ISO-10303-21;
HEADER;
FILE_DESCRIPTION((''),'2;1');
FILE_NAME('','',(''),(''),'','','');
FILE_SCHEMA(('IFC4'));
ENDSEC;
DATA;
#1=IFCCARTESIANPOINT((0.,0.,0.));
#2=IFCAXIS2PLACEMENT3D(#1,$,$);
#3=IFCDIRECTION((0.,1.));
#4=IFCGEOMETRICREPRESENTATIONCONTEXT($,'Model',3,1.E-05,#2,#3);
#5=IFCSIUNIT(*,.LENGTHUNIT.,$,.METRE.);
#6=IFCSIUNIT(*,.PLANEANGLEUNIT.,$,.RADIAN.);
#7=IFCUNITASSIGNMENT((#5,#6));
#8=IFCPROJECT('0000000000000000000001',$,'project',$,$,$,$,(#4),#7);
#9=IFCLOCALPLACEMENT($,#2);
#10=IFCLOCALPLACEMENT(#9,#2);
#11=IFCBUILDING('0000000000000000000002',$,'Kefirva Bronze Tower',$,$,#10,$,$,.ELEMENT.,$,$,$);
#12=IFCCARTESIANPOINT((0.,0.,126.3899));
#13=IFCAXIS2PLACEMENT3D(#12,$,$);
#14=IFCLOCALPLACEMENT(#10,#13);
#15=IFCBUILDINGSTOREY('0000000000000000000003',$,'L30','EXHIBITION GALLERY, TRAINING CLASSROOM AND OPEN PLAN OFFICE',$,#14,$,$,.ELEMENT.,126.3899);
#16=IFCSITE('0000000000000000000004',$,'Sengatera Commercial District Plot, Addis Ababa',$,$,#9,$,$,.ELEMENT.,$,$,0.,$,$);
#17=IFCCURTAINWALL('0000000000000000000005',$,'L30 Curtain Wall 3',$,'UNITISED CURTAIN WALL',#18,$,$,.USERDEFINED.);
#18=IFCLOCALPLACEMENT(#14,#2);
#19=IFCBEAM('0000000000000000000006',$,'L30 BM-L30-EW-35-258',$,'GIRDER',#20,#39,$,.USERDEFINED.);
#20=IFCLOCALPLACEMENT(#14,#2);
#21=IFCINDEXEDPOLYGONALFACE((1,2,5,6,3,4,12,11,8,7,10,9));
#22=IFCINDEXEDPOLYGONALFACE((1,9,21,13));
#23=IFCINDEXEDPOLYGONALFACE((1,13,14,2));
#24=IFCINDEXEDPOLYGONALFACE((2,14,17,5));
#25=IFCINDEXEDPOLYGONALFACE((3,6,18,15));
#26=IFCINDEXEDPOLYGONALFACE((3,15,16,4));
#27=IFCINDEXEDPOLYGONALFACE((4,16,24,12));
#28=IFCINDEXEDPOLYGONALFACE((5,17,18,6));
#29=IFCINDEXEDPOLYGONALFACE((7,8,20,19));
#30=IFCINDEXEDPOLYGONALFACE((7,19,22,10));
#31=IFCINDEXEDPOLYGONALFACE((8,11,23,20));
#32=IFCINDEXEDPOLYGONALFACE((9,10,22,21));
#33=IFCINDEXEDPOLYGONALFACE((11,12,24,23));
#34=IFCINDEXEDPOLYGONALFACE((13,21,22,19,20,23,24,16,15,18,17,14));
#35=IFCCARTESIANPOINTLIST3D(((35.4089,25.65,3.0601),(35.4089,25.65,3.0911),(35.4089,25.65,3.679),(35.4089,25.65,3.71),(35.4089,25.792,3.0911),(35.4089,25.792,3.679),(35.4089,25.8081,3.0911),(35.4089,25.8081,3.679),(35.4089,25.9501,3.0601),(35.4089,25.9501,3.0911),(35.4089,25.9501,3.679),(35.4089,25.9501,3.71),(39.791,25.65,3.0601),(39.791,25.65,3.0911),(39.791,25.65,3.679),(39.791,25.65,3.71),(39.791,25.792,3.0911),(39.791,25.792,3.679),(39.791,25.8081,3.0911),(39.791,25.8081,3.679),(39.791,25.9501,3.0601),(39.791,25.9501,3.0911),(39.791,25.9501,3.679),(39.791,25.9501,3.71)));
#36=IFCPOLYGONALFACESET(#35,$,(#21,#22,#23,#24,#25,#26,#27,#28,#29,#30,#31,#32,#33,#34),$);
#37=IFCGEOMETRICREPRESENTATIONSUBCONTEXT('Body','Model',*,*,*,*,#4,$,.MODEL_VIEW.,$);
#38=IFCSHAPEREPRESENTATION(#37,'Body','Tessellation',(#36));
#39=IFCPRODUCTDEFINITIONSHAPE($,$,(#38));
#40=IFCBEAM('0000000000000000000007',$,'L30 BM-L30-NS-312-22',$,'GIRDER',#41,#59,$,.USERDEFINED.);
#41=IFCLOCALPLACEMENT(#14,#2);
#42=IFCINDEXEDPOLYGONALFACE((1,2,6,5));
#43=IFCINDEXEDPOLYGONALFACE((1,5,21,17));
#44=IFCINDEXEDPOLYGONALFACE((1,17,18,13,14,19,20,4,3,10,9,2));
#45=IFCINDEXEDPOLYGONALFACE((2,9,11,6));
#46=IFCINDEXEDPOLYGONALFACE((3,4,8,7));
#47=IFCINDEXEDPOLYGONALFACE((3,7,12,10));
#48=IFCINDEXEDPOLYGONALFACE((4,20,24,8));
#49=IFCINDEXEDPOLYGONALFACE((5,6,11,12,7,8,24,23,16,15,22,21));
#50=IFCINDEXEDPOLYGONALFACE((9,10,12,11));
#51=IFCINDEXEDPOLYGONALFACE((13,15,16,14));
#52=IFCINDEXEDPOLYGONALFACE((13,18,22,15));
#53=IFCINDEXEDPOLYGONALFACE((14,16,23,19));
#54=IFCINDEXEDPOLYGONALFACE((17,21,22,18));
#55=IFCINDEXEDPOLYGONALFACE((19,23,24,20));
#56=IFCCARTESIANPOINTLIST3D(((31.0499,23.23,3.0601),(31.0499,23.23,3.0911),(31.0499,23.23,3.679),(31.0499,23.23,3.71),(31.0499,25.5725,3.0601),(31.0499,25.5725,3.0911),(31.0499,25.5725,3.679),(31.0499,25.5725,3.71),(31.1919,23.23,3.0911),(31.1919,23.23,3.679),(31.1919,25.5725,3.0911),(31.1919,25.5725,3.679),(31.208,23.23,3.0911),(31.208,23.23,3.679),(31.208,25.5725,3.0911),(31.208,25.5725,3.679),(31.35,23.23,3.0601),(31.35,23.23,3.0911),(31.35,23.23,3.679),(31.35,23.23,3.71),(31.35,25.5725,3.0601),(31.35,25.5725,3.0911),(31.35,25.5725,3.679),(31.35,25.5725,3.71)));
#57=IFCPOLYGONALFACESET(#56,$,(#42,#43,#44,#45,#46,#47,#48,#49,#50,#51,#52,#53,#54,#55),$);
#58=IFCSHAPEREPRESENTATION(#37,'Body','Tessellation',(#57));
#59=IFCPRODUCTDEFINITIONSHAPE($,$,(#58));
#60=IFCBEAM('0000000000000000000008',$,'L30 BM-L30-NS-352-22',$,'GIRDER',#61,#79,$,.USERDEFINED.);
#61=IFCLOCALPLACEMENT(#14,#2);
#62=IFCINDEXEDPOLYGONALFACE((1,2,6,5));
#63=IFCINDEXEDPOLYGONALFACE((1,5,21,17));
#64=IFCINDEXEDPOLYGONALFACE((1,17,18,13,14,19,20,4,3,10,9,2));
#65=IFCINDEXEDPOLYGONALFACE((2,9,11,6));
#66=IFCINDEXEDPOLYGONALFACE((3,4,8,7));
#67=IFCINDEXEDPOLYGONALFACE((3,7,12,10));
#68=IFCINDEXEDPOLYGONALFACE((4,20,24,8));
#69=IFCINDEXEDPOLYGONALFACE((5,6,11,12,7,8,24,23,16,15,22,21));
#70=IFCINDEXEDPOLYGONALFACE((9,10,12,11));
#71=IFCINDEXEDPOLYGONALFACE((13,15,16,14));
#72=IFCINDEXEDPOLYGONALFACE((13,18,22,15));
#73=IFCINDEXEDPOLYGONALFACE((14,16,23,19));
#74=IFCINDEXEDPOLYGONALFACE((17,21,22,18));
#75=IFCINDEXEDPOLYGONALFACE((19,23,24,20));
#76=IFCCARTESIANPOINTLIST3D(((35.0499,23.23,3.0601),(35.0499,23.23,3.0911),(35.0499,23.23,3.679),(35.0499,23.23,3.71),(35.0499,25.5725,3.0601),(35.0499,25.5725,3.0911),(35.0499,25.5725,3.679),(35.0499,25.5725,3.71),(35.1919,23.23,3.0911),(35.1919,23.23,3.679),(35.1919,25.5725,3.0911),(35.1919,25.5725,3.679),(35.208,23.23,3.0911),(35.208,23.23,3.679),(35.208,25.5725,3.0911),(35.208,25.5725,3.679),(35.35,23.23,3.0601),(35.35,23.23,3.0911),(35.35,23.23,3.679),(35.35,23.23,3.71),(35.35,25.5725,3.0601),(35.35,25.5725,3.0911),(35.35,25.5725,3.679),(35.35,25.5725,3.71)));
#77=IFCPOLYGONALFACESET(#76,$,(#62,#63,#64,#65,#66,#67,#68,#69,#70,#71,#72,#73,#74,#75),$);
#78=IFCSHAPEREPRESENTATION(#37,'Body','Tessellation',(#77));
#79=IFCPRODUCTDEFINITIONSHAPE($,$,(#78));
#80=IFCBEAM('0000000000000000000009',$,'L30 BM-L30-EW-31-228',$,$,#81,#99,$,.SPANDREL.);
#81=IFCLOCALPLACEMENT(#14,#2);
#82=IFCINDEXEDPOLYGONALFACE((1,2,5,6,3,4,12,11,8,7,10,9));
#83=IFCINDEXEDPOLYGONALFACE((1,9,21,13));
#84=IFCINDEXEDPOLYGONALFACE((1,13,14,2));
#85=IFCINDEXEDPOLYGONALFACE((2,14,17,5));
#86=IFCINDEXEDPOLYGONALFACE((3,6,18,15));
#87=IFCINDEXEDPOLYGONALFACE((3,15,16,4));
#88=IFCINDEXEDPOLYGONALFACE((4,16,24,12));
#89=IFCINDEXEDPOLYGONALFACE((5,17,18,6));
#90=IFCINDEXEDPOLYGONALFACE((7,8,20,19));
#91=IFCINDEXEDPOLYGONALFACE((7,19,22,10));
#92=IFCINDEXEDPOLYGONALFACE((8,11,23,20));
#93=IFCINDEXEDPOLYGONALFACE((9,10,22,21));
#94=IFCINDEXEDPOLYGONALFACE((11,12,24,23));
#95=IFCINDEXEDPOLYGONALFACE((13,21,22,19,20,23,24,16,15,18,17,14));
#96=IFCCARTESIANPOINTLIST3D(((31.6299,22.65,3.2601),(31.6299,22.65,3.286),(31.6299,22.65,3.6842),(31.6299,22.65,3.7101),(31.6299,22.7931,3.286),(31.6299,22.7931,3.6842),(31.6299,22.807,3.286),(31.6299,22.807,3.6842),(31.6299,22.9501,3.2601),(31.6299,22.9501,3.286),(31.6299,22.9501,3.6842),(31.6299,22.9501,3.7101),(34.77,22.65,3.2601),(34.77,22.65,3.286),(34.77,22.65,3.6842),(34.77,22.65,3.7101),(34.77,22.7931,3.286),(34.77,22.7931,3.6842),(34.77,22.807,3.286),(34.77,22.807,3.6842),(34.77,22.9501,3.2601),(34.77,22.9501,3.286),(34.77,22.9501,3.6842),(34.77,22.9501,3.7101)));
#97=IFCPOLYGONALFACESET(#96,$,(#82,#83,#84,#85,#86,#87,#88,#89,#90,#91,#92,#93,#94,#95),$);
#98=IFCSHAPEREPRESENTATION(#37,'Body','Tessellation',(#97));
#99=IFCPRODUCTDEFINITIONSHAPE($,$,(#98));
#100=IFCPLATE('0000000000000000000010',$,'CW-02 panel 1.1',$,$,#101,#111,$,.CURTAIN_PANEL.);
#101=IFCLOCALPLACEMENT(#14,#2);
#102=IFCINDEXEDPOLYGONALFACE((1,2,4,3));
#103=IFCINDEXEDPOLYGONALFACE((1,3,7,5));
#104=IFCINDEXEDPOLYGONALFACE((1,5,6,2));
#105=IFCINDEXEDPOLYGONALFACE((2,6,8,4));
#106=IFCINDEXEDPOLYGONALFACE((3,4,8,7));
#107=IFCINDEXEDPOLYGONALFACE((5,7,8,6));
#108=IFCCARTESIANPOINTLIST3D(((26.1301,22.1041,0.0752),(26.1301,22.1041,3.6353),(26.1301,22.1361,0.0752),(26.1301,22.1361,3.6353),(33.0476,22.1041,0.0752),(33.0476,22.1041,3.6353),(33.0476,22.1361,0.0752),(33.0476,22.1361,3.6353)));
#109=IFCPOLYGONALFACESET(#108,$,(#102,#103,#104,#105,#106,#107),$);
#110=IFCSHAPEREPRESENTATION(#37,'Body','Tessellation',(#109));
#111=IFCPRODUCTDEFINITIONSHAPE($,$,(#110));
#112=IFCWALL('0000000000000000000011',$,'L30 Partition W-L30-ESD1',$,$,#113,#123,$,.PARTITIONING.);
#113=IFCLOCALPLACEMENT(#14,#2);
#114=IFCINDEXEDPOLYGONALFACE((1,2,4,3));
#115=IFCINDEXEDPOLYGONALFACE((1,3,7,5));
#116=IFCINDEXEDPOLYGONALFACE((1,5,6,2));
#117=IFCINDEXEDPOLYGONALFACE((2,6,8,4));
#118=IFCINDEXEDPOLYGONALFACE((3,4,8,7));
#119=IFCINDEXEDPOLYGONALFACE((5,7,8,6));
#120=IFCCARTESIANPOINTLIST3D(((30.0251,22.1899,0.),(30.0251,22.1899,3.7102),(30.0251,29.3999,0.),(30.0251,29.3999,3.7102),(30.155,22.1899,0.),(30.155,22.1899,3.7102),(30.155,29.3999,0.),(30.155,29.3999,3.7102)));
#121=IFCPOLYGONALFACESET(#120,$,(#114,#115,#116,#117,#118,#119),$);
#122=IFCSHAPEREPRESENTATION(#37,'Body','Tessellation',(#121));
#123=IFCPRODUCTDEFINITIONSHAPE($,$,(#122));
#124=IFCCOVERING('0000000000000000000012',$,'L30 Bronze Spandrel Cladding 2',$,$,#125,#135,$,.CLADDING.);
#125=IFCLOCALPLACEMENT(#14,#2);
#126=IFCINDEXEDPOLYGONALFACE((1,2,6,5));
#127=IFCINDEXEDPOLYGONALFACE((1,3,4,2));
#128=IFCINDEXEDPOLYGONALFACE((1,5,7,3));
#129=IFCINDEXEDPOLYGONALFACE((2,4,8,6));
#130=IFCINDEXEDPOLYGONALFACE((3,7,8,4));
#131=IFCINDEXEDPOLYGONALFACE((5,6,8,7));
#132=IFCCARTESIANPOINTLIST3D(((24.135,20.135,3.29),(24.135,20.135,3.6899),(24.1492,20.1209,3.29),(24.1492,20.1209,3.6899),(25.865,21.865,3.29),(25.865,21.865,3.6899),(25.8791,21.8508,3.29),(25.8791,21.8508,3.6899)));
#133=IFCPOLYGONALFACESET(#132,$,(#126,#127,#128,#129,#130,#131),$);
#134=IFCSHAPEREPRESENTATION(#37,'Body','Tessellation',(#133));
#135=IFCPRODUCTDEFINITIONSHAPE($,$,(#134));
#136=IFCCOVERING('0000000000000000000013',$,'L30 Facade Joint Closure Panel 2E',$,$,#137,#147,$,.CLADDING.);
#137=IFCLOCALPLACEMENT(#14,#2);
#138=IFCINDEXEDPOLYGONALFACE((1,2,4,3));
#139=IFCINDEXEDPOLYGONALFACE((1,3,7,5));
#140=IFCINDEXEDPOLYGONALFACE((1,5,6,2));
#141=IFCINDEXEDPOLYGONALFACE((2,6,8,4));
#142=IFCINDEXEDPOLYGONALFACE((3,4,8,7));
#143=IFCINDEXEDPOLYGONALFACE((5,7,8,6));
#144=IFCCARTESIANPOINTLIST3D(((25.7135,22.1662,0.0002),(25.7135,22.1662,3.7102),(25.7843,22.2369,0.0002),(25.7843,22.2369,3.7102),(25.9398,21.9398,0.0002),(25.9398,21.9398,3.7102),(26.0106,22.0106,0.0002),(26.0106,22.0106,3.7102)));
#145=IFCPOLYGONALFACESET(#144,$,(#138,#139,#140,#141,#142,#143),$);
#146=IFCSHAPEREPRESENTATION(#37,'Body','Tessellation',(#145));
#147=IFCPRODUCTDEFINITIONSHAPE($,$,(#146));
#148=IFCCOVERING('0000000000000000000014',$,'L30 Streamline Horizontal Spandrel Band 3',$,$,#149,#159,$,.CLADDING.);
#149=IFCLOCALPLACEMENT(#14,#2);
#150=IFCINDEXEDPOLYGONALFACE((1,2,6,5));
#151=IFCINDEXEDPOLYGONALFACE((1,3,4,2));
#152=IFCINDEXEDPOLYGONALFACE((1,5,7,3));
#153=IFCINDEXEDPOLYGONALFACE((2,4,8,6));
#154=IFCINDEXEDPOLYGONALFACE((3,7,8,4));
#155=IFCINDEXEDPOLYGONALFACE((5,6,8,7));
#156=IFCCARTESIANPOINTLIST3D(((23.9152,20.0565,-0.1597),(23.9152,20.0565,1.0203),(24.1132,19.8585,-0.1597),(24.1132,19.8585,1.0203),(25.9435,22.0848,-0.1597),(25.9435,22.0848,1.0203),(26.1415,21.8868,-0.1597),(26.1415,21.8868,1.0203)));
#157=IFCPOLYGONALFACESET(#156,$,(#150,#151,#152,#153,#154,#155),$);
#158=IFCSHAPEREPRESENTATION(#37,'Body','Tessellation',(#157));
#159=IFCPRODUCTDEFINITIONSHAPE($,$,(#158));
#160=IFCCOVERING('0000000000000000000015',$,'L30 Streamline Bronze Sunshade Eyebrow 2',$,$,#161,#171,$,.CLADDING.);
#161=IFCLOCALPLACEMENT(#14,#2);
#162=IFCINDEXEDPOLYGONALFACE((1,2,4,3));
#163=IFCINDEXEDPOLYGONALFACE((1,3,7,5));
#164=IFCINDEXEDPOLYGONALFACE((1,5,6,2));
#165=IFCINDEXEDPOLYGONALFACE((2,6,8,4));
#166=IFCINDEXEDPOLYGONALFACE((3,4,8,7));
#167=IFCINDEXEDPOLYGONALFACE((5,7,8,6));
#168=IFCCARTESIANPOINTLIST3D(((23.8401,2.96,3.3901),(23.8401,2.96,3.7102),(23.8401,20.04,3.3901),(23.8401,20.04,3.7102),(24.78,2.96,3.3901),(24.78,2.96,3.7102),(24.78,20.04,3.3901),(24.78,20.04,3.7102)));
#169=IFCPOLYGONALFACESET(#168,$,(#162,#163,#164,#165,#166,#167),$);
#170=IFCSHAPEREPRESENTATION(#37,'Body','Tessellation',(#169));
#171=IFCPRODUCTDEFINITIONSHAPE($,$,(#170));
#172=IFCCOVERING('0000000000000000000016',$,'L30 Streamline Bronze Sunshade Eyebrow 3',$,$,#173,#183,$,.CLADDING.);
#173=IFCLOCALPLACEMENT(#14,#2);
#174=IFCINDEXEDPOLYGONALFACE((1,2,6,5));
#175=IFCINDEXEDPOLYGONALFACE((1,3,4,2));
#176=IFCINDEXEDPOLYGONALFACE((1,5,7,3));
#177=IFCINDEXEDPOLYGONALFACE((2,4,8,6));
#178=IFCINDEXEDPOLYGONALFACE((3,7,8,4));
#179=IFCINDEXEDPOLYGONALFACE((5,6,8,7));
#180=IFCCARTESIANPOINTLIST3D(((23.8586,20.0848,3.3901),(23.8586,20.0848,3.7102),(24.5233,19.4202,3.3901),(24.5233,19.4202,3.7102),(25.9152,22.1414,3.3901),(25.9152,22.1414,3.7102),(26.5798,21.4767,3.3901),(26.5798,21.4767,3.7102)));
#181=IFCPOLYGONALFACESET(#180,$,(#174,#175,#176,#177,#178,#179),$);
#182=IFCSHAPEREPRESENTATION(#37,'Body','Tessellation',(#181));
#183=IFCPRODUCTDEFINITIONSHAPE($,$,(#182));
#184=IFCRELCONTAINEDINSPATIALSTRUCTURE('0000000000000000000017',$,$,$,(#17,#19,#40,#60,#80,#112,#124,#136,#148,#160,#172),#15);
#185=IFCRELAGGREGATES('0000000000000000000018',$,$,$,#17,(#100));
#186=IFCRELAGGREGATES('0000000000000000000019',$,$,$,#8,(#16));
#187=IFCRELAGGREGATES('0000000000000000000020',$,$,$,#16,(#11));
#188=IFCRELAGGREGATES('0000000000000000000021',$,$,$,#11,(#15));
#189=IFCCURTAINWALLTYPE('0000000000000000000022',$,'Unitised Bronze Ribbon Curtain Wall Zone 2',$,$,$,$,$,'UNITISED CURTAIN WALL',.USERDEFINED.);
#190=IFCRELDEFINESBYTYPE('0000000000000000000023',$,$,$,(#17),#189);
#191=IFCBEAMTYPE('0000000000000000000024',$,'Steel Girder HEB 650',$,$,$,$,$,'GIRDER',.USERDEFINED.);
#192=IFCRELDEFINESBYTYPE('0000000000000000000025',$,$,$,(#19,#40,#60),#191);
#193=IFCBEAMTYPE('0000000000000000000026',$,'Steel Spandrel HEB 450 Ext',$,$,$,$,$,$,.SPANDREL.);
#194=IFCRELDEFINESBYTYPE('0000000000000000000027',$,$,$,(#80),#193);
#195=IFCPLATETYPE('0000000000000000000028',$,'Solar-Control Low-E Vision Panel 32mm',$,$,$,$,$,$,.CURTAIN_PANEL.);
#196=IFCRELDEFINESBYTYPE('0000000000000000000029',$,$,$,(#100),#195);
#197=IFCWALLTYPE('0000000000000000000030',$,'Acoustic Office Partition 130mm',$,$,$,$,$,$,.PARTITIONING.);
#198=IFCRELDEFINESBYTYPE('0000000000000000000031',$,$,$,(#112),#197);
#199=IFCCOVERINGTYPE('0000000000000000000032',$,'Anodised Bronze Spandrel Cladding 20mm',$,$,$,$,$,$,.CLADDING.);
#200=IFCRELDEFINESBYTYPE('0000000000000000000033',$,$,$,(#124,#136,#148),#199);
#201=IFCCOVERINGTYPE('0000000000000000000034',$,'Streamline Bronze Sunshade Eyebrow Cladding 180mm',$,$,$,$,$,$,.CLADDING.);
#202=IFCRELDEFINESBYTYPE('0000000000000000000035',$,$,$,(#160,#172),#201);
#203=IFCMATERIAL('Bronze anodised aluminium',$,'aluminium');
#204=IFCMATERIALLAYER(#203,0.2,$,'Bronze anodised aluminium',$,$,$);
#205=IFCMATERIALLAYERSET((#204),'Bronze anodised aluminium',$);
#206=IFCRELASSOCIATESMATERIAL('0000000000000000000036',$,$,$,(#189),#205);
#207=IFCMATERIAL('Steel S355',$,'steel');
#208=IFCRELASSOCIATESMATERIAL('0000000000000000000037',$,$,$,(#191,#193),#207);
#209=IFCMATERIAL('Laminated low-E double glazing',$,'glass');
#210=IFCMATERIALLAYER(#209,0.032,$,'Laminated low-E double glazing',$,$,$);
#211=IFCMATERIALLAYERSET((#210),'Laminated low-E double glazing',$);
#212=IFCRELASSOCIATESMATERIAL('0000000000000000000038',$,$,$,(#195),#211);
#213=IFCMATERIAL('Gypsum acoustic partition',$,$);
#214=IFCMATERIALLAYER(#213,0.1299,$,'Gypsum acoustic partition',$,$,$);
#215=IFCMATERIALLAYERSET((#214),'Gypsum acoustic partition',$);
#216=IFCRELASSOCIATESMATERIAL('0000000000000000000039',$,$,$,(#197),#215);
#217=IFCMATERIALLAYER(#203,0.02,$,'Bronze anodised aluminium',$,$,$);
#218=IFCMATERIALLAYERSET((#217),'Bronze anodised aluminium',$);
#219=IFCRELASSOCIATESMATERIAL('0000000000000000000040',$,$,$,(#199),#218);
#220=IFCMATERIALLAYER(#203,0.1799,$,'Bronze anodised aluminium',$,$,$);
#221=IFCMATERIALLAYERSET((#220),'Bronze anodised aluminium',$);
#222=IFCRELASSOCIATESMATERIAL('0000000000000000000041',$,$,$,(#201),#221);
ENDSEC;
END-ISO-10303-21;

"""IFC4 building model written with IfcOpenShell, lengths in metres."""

from ifc_helpers import new_model, si_unit, direction, frame, frame_2d, origin, origin_2d, place, context, subcontext, project, spatial, rectangle, i_section, extrude, material, layer, layer_set, material_profile, profile_set, type_object, element, aggregate, save


model = new_model("IFC4")

# Units and contexts
model_context = context("Model", 3, precision=1e-05, world=origin(), true_north=direction((0.0, 1.0)))
body_context = subcontext(model_context, "Body", "Model", "MODEL_VIEW")
ifc_project = project(units=[si_unit("LENGTHUNIT", "METRE"), si_unit("PLANEANGLEUNIT", "RADIAN")], contexts=[model_context])

# Site, building, storey
site_placement = place(None, origin())
site = spatial("IfcSite", under=ifc_project, at=site_placement, Name="Sengatera Commercial District Plot, Addis Ababa", CompositionType="ELEMENT", RefElevation=0.0)
building_placement = place(site_placement, origin())
building = spatial("IfcBuilding", under=site, at=building_placement, Name="Kefirva Bronze Tower", CompositionType="ELEMENT")
storey_placement = place(building_placement, frame((0.0, 0.0, 126.3899)))
storey = spatial("IfcBuildingStorey", under=building, at=storey_placement, Name="L30", Description="EXHIBITION GALLERY, TRAINING CLASSROOM AND OPEN PLAN OFFICE", CompositionType="ELEMENT", Elevation=126.3899)

# Curtain wall
ifc_material_1 = material(Name="Bronze anodised aluminium", Category="aluminium")
ifc_layer_1 = layer(ifc_material_1, 0.2, Name="Bronze anodised aluminium")
ifc_layer_set_1 = layer_set([ifc_layer_1], Name="Bronze anodised aluminium")
curtain_wall_type = type_object("IfcCurtainWallType", Name="Unitised Bronze Ribbon Curtain Wall Zone 2", ElementType="UNITISED CURTAIN WALL", PredefinedType="USERDEFINED", material=ifc_layer_set_1)
curtain_wall_placement = place(storey_placement, origin())
curtain_wall = element("IfcCurtainWall", 1, at=curtain_wall_placement, inside=storey, type_object=curtain_wall_type, Name="L30 Curtain Wall 3", ObjectType="UNITISED CURTAIN WALL", PredefinedType="USERDEFINED")

# Beams
ifc_material_2 = material(Name="Steel S355", Category="steel")
ifc_material_profile_1 = material_profile(ifc_material_2, i_section(OverallWidth=0.3, OverallDepth=0.6499, WebThickness=0.0161, FlangeThickness=0.031, at=origin_2d()), Name="HEB 650")
ifc_profile_set_1 = profile_set([ifc_material_profile_1], Name="Steel S355")
beam_type_1 = type_object("IfcBeamType", Name="Steel Girder HEB 650", ElementType="GIRDER", PredefinedType="USERDEFINED", material=ifc_profile_set_1)
beam_1_placement = place(storey_placement, frame((35.4089, 25.8, 3.385), z_axis=(1.0, 0.0, 0.0), x_axis=(0.0, 1.0, 0.0)))
element("IfcBeam", 2, at=beam_1_placement, inside=storey, type_object=beam_type_1, Name="L30 BM-L30-EW-35-258", ObjectType="GIRDER", PredefinedType="USERDEFINED", context=body_context, shape_type="SweptSolid", body=[
    extrude(i_section(OverallWidth=0.3, OverallDepth=0.6499, WebThickness=0.0161, FlangeThickness=0.031, at=origin_2d()), origin(), (0.0, 0.0, 1.0), 4.3821),
])
for number, where, z_axis, x_axis, name in (
    (3, (31.2, 23.23, 3.385), (0.0, 1.0, 0.0), (-1.0, 0.0, 0.0), "L30 BM-L30-NS-312-22"),
    (4, (35.2, 23.23, 3.385), (0.0, 1.0, 0.0), (-1.0, 0.0, 0.0), "L30 BM-L30-NS-352-22"),
):
    element("IfcBeam", number, at=place(storey_placement, frame(where, z_axis=z_axis, x_axis=x_axis)), inside=storey, type_object=beam_type_1, Name=name, ObjectType="GIRDER", PredefinedType="USERDEFINED", context=body_context, shape_type="SweptSolid", body=[
        extrude(i_section(OverallWidth=0.3, OverallDepth=0.6499, WebThickness=0.0161, FlangeThickness=0.031, at=origin_2d()), origin(), (0.0, 0.0, 1.0), 2.3425),
    ])
ifc_material_profile_2 = material_profile(ifc_material_2, i_section(OverallWidth=0.3, OverallDepth=0.45, WebThickness=0.0139, FlangeThickness=0.0259, at=origin_2d()), Name="HEB 450")
ifc_profile_set_2 = profile_set([ifc_material_profile_2], Name="Steel S355")
beam_type_2 = type_object("IfcBeamType", Name="Steel Spandrel HEB 450 Ext", PredefinedType="SPANDREL", material=ifc_profile_set_2)
beam_2_placement = place(storey_placement, frame((31.6299, 22.8, 3.4851), z_axis=(1.0, 0.0, 0.0), x_axis=(0.0, 1.0, 0.0)))
element("IfcBeam", 5, at=beam_2_placement, inside=storey, type_object=beam_type_2, Name="L30 BM-L30-EW-31-228", PredefinedType="SPANDREL", context=body_context, shape_type="SweptSolid", body=[
    extrude(i_section(OverallWidth=0.3, OverallDepth=0.45, WebThickness=0.0139, FlangeThickness=0.0259, at=origin_2d()), origin(), (0.0, 0.0, 1.0), 3.1401),
])

# Plate
ifc_material_3 = material(Name="Laminated low-E double glazing", Category="glass")
ifc_layer_2 = layer(ifc_material_3, 0.032, Name="Laminated low-E double glazing")
ifc_layer_set_2 = layer_set([ifc_layer_2], Name="Laminated low-E double glazing")
plate_type = type_object("IfcPlateType", Name="Solar-Control Low-E Vision Panel 32mm", PredefinedType="CURTAIN_PANEL", material=ifc_layer_set_2)
plate_placement = place(storey_placement, frame((29.5889, 22.1201, 0.0752), z_axis=(0.0, 0.0, 1.0), x_axis=(1.0, 0.0, 0.0)))
plate = element("IfcPlate", 6, at=plate_placement, type_object=plate_type, Name="CW-02 panel 1.1", PredefinedType="CURTAIN_PANEL", context=body_context, shape_type="SweptSolid", body=[
    extrude(rectangle(XDim=6.9175, YDim=0.032, at=origin_2d()), origin(), (0.0, 0.0, 1.0), 3.5601),
])
aggregate(curtain_wall, [plate])

# Wall
ifc_material_4 = material(Name="Gypsum acoustic partition")
ifc_layer_3 = layer(ifc_material_4, 0.1299, Name="Gypsum acoustic partition")
ifc_layer_set_3 = layer_set([ifc_layer_3], Name="Gypsum acoustic partition")
wall_type = type_object("IfcWallType", Name="Acoustic Office Partition 130mm", PredefinedType="PARTITIONING", material=ifc_layer_set_3)
wall_placement = place(storey_placement, frame((30.0901, 22.1899, 0.0), z_axis=(0.0, 0.0, 1.0), x_axis=(0.0, 1.0, 0.0)))
element("IfcWall", 7, at=wall_placement, inside=storey, type_object=wall_type, Name="L30 Partition W-L30-ESD1", PredefinedType="PARTITIONING", context=body_context, shape_type="SweptSolid", body=[
    extrude(rectangle(XDim=7.21, YDim=0.1299, at=frame_2d((3.605, 0.0))), origin(), (0.0, 0.0, 1.0), 3.7102),
])

# Coverings
ifc_layer_4 = layer(ifc_material_1, 0.02, Name="Bronze anodised aluminium")
ifc_layer_set_4 = layer_set([ifc_layer_4], Name="Bronze anodised aluminium")
covering_type_1 = type_object("IfcCoveringType", Name="Anodised Bronze Spandrel Cladding 20mm", PredefinedType="CLADDING", material=ifc_layer_set_4)
covering_1_placement = place(storey_placement, frame((25.0071, 20.9929, 3.29), z_axis=(0.0, 0.0, 1.0), x_axis=(0.707107, 0.707107, 0.0)))
element("IfcCovering", 8, at=covering_1_placement, inside=storey, type_object=covering_type_1, Name="L30 Bronze Spandrel Cladding 2", PredefinedType="CLADDING", context=body_context, shape_type="SweptSolid", body=[
    extrude(rectangle(XDim=2.4465, YDim=0.02, at=origin_2d()), origin(), (0.0, 0.0, 1.0), 0.3999),
])
covering_2_placement = place(storey_placement, frame((25.8621, 22.0884, 0.0002), z_axis=(0.0, 0.0, 1.0), x_axis=(0.707107, 0.707107, 0.0)))
element("IfcCovering", 9, at=covering_2_placement, inside=storey, type_object=covering_type_1, Name="L30 Facade Joint Closure Panel 2E", PredefinedType="CLADDING", context=body_context, shape_type="SweptSolid", body=[
    extrude(rectangle(XDim=0.1001, YDim=0.3201, at=origin_2d()), origin(), (0.0, 0.0, 1.0), 3.71),
])
covering_3_placement = place(storey_placement, frame((25.0283, 20.9717, -0.1597), z_axis=(0.0, 0.0, 1.0), x_axis=(0.707107, 0.707107, 0.0)))
element("IfcCovering", 10, at=covering_3_placement, inside=storey, type_object=covering_type_1, Name="L30 Streamline Horizontal Spandrel Band 3", PredefinedType="CLADDING", context=body_context, shape_type="SweptSolid", body=[
    extrude(rectangle(XDim=2.8684, YDim=0.28, at=origin_2d()), origin(), (0.0, 0.0, 1.0), 1.1799),
])
ifc_layer_5 = layer(ifc_material_1, 0.1799, Name="Bronze anodised aluminium")
ifc_layer_set_5 = layer_set([ifc_layer_5], Name="Bronze anodised aluminium")
covering_type_2 = type_object("IfcCoveringType", Name="Streamline Bronze Sunshade Eyebrow Cladding 180mm", PredefinedType="CLADDING", material=ifc_layer_set_5)
covering_4_placement = place(storey_placement, frame((24.3101, 11.5, 3.3901), z_axis=(0.0, 0.0, 1.0), x_axis=(0.0, 1.0, 0.0)))
element("IfcCovering", 11, at=covering_4_placement, inside=storey, type_object=covering_type_2, Name="L30 Streamline Bronze Sunshade Eyebrow 2", PredefinedType="CLADDING", context=body_context, shape_type="SweptSolid", body=[
    extrude(rectangle(XDim=17.0801, YDim=0.9399, at=origin_2d()), origin(), (0.0, 0.0, 1.0), 0.3201),
])
covering_5_placement = place(storey_placement, frame((25.2192, 20.7808, 3.3901), z_axis=(0.0, 0.0, 1.0), x_axis=(0.707107, 0.707107, 0.0)))
element("IfcCovering", 12, at=covering_5_placement, inside=storey, type_object=covering_type_2, Name="L30 Streamline Bronze Sunshade Eyebrow 3", PredefinedType="CLADDING", context=body_context, shape_type="SweptSolid", body=[
    extrude(rectangle(XDim=2.9084, YDim=0.9399, at=origin_2d()), origin(), (0.0, 0.0, 1.0), 0.3201),
])

save(model, "model.ifc")
